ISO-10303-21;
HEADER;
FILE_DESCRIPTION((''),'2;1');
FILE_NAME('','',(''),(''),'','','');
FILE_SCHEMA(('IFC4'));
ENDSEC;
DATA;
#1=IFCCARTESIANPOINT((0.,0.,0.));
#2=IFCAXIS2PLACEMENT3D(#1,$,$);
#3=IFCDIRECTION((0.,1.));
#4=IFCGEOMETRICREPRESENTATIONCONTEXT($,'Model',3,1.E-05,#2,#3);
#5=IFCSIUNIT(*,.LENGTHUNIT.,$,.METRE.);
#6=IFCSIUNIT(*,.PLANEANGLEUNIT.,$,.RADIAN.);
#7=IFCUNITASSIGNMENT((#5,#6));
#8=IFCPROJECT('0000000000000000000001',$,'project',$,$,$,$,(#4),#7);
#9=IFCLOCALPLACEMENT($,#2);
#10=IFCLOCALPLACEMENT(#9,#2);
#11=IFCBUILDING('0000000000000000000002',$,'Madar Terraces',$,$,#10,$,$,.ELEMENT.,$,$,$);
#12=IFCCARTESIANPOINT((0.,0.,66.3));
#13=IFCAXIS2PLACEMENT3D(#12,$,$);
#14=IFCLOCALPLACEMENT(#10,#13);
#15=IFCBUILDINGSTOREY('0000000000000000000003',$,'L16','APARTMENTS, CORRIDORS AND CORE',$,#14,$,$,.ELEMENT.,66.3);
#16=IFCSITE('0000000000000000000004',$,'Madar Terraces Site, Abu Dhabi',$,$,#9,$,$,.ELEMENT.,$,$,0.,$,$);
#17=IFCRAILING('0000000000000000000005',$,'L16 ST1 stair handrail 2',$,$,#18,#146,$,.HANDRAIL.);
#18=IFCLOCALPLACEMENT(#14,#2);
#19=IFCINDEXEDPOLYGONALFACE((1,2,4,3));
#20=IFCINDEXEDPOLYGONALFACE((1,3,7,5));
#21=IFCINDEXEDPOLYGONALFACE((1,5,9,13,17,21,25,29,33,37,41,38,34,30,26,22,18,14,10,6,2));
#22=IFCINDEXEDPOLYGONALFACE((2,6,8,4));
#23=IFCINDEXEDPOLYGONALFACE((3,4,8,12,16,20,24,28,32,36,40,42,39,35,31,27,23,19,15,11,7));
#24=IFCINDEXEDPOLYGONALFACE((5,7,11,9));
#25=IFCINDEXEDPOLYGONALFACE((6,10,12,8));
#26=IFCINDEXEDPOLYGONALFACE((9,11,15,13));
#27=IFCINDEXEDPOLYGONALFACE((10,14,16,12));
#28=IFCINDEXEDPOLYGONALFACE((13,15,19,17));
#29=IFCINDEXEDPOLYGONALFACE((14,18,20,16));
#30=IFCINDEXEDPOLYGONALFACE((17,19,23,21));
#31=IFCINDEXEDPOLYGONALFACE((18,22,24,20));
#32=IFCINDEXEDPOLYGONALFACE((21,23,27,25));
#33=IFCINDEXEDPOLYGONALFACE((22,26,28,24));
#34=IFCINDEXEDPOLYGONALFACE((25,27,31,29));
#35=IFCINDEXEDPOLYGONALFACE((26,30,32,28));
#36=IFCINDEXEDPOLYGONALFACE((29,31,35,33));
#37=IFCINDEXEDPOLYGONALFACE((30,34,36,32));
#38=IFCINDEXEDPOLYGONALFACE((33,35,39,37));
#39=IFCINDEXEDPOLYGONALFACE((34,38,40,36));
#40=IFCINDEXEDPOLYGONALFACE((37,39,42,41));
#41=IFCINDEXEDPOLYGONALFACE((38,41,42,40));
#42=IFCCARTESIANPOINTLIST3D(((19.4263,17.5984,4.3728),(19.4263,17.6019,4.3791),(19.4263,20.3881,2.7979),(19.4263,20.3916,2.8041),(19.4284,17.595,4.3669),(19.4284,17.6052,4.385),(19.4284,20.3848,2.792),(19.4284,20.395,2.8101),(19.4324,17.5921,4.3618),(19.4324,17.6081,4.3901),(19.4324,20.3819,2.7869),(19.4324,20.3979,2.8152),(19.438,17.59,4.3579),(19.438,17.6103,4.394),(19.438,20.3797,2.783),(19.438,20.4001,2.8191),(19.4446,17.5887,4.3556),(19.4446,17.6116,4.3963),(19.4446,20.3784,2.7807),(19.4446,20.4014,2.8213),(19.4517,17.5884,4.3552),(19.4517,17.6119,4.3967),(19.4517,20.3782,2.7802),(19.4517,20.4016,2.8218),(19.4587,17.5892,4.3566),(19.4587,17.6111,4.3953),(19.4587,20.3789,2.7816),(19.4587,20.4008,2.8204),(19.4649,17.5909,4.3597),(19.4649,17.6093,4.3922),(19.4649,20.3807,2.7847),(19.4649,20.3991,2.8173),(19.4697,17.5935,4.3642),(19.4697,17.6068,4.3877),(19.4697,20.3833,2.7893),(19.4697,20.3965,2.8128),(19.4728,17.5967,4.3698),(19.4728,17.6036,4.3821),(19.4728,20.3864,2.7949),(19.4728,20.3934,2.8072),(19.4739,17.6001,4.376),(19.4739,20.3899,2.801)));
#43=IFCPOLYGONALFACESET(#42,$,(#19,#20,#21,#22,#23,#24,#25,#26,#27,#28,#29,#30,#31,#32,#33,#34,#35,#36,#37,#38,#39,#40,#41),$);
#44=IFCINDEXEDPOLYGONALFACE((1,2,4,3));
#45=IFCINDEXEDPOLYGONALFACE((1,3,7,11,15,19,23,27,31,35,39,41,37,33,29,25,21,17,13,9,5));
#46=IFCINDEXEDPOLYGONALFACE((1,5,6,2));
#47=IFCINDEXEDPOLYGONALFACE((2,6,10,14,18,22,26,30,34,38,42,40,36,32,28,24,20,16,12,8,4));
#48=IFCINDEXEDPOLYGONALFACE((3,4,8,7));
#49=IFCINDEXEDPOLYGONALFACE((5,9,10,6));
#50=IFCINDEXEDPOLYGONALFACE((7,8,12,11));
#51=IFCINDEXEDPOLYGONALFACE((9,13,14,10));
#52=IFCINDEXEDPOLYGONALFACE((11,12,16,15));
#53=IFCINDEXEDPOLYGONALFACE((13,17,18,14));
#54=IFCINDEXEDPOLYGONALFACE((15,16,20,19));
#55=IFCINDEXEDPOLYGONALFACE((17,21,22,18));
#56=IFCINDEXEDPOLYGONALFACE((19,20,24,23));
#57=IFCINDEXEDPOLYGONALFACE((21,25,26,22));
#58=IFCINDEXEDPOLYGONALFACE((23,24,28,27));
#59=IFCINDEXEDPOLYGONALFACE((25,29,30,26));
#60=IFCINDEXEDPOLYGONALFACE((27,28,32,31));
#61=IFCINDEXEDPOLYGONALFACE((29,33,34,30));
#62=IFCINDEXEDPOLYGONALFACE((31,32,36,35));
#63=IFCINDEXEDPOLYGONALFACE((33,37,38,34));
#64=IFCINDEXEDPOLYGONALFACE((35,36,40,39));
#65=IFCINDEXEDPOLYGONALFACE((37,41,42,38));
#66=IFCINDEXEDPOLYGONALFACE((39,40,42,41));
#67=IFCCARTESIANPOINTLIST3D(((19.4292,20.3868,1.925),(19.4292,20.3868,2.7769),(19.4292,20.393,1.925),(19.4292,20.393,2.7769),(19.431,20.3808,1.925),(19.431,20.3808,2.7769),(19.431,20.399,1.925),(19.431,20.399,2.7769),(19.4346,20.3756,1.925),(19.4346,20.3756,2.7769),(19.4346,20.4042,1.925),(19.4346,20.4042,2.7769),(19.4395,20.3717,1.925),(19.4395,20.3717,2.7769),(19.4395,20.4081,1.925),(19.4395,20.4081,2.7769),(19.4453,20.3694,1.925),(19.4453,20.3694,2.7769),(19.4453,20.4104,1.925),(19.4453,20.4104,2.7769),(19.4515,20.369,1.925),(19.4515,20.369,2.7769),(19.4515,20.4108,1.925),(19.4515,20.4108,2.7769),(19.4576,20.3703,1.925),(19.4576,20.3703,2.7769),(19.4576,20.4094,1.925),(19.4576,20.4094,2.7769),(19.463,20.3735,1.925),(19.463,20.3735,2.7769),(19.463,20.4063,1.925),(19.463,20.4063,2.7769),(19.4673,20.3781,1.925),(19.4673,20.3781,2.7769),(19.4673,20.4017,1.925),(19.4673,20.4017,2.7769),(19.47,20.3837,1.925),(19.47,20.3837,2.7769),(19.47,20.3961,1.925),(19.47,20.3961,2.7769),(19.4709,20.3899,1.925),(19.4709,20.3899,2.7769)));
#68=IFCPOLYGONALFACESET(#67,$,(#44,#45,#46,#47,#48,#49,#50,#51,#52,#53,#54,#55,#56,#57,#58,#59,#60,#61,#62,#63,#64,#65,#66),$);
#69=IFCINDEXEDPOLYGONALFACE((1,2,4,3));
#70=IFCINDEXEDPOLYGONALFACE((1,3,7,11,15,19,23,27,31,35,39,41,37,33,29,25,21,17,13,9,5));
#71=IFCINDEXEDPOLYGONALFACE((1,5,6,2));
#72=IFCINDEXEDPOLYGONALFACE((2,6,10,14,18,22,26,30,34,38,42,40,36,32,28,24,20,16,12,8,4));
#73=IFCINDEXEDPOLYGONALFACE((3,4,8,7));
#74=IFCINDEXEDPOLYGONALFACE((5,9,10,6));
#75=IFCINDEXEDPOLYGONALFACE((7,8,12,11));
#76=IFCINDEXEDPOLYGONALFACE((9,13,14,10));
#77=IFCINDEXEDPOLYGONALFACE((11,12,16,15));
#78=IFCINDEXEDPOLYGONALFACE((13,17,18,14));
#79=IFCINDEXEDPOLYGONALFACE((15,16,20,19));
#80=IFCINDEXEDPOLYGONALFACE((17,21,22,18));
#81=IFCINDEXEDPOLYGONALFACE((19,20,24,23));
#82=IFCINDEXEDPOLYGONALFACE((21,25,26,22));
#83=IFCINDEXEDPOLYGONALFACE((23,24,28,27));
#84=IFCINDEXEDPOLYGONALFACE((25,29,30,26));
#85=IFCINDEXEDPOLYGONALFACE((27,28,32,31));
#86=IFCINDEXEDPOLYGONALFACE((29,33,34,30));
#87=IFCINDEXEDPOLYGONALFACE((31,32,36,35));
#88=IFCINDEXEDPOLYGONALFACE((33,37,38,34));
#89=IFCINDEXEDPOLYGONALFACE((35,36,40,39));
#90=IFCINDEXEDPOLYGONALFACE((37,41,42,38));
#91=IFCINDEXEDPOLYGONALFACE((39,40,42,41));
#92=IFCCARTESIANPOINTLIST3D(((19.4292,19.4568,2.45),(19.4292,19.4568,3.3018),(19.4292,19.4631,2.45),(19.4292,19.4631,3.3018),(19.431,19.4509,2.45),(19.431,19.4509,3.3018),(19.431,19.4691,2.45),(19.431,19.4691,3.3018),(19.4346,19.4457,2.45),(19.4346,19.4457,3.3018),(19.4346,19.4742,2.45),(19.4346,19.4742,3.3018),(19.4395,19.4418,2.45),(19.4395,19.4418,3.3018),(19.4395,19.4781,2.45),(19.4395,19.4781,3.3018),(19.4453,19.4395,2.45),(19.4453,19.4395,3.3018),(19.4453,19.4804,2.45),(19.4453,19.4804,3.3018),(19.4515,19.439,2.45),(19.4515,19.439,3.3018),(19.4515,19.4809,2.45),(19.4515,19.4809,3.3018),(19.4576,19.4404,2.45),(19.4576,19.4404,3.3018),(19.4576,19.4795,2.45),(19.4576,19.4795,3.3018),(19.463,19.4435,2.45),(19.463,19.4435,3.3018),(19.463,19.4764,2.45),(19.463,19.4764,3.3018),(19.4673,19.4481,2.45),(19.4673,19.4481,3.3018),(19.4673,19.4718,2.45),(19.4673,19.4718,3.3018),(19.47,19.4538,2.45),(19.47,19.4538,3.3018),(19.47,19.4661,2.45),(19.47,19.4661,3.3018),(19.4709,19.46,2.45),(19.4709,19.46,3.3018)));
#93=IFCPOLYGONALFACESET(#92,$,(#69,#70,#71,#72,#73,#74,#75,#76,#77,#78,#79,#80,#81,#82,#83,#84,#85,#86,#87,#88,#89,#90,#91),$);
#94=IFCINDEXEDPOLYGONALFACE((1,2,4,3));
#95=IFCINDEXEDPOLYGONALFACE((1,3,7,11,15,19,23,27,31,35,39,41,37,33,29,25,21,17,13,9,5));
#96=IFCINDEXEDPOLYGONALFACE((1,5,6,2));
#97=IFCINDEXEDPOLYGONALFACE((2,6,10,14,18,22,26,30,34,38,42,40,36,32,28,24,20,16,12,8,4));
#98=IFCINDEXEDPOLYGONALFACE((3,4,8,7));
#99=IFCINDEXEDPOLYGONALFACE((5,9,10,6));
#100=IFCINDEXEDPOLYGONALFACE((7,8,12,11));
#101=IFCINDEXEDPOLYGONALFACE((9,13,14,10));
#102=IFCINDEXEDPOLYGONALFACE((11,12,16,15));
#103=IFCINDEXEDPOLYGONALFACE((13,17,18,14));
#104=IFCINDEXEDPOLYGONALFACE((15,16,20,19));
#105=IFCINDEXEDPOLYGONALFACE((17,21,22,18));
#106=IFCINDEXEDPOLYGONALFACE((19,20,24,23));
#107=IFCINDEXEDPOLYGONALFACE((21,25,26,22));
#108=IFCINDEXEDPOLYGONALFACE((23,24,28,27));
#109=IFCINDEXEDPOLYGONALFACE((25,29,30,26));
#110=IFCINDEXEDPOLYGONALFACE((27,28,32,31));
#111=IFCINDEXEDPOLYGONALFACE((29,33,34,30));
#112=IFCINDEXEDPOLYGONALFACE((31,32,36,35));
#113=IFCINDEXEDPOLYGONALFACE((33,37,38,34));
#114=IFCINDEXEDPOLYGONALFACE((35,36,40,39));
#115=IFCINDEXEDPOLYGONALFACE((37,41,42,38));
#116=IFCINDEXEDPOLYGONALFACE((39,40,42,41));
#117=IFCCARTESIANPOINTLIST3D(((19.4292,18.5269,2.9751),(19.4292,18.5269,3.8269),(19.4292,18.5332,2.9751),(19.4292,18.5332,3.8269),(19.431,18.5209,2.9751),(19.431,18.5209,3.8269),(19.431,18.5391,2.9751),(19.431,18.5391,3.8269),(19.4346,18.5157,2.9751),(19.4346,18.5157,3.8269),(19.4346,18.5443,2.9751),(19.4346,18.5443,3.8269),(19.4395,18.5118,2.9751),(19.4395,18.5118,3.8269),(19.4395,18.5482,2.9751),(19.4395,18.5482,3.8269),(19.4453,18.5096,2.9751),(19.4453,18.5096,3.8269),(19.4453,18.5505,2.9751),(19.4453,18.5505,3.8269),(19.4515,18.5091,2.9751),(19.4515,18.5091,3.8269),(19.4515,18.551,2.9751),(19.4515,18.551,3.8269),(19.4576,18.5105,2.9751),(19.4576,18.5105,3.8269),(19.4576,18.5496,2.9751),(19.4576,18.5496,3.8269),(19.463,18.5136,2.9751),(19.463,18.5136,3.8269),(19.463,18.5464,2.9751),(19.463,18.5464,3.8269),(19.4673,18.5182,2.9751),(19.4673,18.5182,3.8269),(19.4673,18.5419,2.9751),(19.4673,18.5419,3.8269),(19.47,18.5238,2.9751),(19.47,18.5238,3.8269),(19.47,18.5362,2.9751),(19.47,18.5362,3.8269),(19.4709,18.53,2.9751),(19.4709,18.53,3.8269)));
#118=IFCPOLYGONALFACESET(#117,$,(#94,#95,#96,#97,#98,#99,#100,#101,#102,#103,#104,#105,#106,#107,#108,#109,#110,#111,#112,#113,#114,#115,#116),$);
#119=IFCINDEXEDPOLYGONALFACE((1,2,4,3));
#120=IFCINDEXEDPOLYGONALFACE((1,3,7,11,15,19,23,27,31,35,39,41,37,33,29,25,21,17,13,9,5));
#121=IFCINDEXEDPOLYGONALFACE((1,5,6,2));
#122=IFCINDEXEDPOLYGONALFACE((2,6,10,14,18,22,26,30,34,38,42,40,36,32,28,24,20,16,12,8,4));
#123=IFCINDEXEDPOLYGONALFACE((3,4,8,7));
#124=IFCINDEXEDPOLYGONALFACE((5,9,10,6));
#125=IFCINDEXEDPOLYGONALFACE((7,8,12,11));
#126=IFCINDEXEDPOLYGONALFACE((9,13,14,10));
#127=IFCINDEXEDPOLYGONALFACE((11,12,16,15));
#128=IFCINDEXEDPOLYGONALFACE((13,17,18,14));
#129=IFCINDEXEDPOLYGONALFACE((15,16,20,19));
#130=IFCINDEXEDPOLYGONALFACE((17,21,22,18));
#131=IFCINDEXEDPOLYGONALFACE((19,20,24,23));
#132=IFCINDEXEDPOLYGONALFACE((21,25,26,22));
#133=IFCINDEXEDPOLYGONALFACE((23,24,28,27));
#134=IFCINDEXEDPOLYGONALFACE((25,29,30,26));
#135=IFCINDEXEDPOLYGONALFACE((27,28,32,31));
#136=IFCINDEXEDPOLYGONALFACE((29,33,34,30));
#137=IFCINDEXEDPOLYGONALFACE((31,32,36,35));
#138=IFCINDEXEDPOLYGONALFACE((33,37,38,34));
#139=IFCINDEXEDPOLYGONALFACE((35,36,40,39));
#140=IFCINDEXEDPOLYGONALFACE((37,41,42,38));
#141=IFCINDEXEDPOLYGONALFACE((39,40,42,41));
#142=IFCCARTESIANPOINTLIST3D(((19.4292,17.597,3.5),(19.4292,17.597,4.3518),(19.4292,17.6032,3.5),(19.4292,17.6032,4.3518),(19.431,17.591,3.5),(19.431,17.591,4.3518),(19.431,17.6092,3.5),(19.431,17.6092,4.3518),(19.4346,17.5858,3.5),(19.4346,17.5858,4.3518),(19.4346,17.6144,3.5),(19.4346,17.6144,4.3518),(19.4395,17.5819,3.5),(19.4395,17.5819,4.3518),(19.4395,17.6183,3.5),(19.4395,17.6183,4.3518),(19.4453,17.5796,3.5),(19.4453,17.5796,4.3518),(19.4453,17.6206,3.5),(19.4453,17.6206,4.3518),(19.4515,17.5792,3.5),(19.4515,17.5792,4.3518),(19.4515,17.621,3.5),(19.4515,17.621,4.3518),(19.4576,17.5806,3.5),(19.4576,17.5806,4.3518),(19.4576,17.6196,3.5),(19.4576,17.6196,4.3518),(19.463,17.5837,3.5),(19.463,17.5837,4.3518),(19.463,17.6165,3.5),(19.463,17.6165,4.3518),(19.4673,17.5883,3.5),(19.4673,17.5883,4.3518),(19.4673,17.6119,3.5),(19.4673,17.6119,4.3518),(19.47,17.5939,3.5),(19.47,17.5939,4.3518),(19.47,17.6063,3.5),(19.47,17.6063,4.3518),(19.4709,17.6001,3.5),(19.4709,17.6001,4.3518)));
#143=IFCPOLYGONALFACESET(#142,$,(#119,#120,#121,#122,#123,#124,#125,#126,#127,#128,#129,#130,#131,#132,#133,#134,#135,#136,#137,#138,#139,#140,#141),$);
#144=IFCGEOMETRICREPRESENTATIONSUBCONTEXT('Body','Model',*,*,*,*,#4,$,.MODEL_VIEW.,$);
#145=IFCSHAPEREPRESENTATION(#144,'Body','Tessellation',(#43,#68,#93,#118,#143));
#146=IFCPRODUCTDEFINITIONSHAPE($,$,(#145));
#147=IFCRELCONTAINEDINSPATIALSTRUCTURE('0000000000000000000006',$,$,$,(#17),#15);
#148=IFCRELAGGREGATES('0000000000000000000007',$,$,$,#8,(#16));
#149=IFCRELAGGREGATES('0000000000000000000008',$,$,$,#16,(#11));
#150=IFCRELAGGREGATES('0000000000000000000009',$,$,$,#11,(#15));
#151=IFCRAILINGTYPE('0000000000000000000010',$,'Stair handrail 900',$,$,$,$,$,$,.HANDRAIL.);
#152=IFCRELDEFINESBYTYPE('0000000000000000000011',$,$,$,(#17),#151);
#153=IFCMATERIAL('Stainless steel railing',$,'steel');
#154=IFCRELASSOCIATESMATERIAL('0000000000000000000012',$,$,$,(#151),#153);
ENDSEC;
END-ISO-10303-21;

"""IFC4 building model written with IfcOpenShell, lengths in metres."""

from ifc_helpers import new_model, si_unit, direction, frame, origin, origin_2d, place, context, subcontext, project, spatial, circle, extrude, material, type_object, element, save


model = new_model("IFC4")

# Units and contexts
model_context = context("Model", 3, precision=1e-05, world=origin(), true_north=direction((0.0, 1.0)))
body_context = subcontext(model_context, "Body", "Model", "MODEL_VIEW")
ifc_project = project(units=[si_unit("LENGTHUNIT", "METRE"), si_unit("PLANEANGLEUNIT", "RADIAN")], contexts=[model_context])

# Site, building, storey
site_placement = place(None, origin())
site = spatial("IfcSite", under=ifc_project, at=site_placement, Name="Madar Terraces Site, Abu Dhabi", CompositionType="ELEMENT", RefElevation=0.0)
building_placement = place(site_placement, origin())
building = spatial("IfcBuilding", under=site, at=building_placement, Name="Madar Terraces", CompositionType="ELEMENT")
storey_placement = place(building_placement, frame((0.0, 0.0, 66.3)))
storey = spatial("IfcBuildingStorey", under=building, at=storey_placement, Name="L16", Description="APARTMENTS, CORRIDORS AND CORE", CompositionType="ELEMENT", Elevation=66.3)

# Railing
ifc_material_1 = material(Name="Stainless steel railing", Category="steel")
railing_type_1 = type_object("IfcRailingType", Name="Stair handrail 900", PredefinedType="HANDRAIL", material=ifc_material_1)
railing_1_placement = place(storey_placement, frame((19.45, 20.3899, 1.925)))
element("IfcRailing", 1, at=railing_1_placement, inside=storey, type_object=railing_type_1, Name="L16 ST1 stair handrail 2", PredefinedType="HANDRAIL", context=body_context, shape_type="SweptSolid", body=[
    extrude(circle(Radius=0.0239, at=origin_2d()), frame((0.0, 0.0, 0.876), z_axis=(0.0, -0.870815, 0.49161), x_axis=(1.0, 0.0, 0.0)), (0.0, 0.0, 1.0), 3.2036),
    extrude(circle(Radius=0.021, at=origin_2d()), origin(), (0.0, 0.0, 1.0), 0.8518),
    extrude(circle(Radius=0.021, at=origin_2d()), frame((0.0, -0.9299, 0.5249)), (0.0, 0.0, 1.0), 0.8518),
    extrude(circle(Radius=0.021, at=origin_2d()), frame((0.0, -1.8599, 1.05)), (0.0, 0.0, 1.0), 0.8518),
    extrude(circle(Radius=0.021, at=origin_2d()), frame((0.0, -2.7898, 1.575)), (0.0, 0.0, 1.0), 0.8518),
])

save(model, "model.ifc")
